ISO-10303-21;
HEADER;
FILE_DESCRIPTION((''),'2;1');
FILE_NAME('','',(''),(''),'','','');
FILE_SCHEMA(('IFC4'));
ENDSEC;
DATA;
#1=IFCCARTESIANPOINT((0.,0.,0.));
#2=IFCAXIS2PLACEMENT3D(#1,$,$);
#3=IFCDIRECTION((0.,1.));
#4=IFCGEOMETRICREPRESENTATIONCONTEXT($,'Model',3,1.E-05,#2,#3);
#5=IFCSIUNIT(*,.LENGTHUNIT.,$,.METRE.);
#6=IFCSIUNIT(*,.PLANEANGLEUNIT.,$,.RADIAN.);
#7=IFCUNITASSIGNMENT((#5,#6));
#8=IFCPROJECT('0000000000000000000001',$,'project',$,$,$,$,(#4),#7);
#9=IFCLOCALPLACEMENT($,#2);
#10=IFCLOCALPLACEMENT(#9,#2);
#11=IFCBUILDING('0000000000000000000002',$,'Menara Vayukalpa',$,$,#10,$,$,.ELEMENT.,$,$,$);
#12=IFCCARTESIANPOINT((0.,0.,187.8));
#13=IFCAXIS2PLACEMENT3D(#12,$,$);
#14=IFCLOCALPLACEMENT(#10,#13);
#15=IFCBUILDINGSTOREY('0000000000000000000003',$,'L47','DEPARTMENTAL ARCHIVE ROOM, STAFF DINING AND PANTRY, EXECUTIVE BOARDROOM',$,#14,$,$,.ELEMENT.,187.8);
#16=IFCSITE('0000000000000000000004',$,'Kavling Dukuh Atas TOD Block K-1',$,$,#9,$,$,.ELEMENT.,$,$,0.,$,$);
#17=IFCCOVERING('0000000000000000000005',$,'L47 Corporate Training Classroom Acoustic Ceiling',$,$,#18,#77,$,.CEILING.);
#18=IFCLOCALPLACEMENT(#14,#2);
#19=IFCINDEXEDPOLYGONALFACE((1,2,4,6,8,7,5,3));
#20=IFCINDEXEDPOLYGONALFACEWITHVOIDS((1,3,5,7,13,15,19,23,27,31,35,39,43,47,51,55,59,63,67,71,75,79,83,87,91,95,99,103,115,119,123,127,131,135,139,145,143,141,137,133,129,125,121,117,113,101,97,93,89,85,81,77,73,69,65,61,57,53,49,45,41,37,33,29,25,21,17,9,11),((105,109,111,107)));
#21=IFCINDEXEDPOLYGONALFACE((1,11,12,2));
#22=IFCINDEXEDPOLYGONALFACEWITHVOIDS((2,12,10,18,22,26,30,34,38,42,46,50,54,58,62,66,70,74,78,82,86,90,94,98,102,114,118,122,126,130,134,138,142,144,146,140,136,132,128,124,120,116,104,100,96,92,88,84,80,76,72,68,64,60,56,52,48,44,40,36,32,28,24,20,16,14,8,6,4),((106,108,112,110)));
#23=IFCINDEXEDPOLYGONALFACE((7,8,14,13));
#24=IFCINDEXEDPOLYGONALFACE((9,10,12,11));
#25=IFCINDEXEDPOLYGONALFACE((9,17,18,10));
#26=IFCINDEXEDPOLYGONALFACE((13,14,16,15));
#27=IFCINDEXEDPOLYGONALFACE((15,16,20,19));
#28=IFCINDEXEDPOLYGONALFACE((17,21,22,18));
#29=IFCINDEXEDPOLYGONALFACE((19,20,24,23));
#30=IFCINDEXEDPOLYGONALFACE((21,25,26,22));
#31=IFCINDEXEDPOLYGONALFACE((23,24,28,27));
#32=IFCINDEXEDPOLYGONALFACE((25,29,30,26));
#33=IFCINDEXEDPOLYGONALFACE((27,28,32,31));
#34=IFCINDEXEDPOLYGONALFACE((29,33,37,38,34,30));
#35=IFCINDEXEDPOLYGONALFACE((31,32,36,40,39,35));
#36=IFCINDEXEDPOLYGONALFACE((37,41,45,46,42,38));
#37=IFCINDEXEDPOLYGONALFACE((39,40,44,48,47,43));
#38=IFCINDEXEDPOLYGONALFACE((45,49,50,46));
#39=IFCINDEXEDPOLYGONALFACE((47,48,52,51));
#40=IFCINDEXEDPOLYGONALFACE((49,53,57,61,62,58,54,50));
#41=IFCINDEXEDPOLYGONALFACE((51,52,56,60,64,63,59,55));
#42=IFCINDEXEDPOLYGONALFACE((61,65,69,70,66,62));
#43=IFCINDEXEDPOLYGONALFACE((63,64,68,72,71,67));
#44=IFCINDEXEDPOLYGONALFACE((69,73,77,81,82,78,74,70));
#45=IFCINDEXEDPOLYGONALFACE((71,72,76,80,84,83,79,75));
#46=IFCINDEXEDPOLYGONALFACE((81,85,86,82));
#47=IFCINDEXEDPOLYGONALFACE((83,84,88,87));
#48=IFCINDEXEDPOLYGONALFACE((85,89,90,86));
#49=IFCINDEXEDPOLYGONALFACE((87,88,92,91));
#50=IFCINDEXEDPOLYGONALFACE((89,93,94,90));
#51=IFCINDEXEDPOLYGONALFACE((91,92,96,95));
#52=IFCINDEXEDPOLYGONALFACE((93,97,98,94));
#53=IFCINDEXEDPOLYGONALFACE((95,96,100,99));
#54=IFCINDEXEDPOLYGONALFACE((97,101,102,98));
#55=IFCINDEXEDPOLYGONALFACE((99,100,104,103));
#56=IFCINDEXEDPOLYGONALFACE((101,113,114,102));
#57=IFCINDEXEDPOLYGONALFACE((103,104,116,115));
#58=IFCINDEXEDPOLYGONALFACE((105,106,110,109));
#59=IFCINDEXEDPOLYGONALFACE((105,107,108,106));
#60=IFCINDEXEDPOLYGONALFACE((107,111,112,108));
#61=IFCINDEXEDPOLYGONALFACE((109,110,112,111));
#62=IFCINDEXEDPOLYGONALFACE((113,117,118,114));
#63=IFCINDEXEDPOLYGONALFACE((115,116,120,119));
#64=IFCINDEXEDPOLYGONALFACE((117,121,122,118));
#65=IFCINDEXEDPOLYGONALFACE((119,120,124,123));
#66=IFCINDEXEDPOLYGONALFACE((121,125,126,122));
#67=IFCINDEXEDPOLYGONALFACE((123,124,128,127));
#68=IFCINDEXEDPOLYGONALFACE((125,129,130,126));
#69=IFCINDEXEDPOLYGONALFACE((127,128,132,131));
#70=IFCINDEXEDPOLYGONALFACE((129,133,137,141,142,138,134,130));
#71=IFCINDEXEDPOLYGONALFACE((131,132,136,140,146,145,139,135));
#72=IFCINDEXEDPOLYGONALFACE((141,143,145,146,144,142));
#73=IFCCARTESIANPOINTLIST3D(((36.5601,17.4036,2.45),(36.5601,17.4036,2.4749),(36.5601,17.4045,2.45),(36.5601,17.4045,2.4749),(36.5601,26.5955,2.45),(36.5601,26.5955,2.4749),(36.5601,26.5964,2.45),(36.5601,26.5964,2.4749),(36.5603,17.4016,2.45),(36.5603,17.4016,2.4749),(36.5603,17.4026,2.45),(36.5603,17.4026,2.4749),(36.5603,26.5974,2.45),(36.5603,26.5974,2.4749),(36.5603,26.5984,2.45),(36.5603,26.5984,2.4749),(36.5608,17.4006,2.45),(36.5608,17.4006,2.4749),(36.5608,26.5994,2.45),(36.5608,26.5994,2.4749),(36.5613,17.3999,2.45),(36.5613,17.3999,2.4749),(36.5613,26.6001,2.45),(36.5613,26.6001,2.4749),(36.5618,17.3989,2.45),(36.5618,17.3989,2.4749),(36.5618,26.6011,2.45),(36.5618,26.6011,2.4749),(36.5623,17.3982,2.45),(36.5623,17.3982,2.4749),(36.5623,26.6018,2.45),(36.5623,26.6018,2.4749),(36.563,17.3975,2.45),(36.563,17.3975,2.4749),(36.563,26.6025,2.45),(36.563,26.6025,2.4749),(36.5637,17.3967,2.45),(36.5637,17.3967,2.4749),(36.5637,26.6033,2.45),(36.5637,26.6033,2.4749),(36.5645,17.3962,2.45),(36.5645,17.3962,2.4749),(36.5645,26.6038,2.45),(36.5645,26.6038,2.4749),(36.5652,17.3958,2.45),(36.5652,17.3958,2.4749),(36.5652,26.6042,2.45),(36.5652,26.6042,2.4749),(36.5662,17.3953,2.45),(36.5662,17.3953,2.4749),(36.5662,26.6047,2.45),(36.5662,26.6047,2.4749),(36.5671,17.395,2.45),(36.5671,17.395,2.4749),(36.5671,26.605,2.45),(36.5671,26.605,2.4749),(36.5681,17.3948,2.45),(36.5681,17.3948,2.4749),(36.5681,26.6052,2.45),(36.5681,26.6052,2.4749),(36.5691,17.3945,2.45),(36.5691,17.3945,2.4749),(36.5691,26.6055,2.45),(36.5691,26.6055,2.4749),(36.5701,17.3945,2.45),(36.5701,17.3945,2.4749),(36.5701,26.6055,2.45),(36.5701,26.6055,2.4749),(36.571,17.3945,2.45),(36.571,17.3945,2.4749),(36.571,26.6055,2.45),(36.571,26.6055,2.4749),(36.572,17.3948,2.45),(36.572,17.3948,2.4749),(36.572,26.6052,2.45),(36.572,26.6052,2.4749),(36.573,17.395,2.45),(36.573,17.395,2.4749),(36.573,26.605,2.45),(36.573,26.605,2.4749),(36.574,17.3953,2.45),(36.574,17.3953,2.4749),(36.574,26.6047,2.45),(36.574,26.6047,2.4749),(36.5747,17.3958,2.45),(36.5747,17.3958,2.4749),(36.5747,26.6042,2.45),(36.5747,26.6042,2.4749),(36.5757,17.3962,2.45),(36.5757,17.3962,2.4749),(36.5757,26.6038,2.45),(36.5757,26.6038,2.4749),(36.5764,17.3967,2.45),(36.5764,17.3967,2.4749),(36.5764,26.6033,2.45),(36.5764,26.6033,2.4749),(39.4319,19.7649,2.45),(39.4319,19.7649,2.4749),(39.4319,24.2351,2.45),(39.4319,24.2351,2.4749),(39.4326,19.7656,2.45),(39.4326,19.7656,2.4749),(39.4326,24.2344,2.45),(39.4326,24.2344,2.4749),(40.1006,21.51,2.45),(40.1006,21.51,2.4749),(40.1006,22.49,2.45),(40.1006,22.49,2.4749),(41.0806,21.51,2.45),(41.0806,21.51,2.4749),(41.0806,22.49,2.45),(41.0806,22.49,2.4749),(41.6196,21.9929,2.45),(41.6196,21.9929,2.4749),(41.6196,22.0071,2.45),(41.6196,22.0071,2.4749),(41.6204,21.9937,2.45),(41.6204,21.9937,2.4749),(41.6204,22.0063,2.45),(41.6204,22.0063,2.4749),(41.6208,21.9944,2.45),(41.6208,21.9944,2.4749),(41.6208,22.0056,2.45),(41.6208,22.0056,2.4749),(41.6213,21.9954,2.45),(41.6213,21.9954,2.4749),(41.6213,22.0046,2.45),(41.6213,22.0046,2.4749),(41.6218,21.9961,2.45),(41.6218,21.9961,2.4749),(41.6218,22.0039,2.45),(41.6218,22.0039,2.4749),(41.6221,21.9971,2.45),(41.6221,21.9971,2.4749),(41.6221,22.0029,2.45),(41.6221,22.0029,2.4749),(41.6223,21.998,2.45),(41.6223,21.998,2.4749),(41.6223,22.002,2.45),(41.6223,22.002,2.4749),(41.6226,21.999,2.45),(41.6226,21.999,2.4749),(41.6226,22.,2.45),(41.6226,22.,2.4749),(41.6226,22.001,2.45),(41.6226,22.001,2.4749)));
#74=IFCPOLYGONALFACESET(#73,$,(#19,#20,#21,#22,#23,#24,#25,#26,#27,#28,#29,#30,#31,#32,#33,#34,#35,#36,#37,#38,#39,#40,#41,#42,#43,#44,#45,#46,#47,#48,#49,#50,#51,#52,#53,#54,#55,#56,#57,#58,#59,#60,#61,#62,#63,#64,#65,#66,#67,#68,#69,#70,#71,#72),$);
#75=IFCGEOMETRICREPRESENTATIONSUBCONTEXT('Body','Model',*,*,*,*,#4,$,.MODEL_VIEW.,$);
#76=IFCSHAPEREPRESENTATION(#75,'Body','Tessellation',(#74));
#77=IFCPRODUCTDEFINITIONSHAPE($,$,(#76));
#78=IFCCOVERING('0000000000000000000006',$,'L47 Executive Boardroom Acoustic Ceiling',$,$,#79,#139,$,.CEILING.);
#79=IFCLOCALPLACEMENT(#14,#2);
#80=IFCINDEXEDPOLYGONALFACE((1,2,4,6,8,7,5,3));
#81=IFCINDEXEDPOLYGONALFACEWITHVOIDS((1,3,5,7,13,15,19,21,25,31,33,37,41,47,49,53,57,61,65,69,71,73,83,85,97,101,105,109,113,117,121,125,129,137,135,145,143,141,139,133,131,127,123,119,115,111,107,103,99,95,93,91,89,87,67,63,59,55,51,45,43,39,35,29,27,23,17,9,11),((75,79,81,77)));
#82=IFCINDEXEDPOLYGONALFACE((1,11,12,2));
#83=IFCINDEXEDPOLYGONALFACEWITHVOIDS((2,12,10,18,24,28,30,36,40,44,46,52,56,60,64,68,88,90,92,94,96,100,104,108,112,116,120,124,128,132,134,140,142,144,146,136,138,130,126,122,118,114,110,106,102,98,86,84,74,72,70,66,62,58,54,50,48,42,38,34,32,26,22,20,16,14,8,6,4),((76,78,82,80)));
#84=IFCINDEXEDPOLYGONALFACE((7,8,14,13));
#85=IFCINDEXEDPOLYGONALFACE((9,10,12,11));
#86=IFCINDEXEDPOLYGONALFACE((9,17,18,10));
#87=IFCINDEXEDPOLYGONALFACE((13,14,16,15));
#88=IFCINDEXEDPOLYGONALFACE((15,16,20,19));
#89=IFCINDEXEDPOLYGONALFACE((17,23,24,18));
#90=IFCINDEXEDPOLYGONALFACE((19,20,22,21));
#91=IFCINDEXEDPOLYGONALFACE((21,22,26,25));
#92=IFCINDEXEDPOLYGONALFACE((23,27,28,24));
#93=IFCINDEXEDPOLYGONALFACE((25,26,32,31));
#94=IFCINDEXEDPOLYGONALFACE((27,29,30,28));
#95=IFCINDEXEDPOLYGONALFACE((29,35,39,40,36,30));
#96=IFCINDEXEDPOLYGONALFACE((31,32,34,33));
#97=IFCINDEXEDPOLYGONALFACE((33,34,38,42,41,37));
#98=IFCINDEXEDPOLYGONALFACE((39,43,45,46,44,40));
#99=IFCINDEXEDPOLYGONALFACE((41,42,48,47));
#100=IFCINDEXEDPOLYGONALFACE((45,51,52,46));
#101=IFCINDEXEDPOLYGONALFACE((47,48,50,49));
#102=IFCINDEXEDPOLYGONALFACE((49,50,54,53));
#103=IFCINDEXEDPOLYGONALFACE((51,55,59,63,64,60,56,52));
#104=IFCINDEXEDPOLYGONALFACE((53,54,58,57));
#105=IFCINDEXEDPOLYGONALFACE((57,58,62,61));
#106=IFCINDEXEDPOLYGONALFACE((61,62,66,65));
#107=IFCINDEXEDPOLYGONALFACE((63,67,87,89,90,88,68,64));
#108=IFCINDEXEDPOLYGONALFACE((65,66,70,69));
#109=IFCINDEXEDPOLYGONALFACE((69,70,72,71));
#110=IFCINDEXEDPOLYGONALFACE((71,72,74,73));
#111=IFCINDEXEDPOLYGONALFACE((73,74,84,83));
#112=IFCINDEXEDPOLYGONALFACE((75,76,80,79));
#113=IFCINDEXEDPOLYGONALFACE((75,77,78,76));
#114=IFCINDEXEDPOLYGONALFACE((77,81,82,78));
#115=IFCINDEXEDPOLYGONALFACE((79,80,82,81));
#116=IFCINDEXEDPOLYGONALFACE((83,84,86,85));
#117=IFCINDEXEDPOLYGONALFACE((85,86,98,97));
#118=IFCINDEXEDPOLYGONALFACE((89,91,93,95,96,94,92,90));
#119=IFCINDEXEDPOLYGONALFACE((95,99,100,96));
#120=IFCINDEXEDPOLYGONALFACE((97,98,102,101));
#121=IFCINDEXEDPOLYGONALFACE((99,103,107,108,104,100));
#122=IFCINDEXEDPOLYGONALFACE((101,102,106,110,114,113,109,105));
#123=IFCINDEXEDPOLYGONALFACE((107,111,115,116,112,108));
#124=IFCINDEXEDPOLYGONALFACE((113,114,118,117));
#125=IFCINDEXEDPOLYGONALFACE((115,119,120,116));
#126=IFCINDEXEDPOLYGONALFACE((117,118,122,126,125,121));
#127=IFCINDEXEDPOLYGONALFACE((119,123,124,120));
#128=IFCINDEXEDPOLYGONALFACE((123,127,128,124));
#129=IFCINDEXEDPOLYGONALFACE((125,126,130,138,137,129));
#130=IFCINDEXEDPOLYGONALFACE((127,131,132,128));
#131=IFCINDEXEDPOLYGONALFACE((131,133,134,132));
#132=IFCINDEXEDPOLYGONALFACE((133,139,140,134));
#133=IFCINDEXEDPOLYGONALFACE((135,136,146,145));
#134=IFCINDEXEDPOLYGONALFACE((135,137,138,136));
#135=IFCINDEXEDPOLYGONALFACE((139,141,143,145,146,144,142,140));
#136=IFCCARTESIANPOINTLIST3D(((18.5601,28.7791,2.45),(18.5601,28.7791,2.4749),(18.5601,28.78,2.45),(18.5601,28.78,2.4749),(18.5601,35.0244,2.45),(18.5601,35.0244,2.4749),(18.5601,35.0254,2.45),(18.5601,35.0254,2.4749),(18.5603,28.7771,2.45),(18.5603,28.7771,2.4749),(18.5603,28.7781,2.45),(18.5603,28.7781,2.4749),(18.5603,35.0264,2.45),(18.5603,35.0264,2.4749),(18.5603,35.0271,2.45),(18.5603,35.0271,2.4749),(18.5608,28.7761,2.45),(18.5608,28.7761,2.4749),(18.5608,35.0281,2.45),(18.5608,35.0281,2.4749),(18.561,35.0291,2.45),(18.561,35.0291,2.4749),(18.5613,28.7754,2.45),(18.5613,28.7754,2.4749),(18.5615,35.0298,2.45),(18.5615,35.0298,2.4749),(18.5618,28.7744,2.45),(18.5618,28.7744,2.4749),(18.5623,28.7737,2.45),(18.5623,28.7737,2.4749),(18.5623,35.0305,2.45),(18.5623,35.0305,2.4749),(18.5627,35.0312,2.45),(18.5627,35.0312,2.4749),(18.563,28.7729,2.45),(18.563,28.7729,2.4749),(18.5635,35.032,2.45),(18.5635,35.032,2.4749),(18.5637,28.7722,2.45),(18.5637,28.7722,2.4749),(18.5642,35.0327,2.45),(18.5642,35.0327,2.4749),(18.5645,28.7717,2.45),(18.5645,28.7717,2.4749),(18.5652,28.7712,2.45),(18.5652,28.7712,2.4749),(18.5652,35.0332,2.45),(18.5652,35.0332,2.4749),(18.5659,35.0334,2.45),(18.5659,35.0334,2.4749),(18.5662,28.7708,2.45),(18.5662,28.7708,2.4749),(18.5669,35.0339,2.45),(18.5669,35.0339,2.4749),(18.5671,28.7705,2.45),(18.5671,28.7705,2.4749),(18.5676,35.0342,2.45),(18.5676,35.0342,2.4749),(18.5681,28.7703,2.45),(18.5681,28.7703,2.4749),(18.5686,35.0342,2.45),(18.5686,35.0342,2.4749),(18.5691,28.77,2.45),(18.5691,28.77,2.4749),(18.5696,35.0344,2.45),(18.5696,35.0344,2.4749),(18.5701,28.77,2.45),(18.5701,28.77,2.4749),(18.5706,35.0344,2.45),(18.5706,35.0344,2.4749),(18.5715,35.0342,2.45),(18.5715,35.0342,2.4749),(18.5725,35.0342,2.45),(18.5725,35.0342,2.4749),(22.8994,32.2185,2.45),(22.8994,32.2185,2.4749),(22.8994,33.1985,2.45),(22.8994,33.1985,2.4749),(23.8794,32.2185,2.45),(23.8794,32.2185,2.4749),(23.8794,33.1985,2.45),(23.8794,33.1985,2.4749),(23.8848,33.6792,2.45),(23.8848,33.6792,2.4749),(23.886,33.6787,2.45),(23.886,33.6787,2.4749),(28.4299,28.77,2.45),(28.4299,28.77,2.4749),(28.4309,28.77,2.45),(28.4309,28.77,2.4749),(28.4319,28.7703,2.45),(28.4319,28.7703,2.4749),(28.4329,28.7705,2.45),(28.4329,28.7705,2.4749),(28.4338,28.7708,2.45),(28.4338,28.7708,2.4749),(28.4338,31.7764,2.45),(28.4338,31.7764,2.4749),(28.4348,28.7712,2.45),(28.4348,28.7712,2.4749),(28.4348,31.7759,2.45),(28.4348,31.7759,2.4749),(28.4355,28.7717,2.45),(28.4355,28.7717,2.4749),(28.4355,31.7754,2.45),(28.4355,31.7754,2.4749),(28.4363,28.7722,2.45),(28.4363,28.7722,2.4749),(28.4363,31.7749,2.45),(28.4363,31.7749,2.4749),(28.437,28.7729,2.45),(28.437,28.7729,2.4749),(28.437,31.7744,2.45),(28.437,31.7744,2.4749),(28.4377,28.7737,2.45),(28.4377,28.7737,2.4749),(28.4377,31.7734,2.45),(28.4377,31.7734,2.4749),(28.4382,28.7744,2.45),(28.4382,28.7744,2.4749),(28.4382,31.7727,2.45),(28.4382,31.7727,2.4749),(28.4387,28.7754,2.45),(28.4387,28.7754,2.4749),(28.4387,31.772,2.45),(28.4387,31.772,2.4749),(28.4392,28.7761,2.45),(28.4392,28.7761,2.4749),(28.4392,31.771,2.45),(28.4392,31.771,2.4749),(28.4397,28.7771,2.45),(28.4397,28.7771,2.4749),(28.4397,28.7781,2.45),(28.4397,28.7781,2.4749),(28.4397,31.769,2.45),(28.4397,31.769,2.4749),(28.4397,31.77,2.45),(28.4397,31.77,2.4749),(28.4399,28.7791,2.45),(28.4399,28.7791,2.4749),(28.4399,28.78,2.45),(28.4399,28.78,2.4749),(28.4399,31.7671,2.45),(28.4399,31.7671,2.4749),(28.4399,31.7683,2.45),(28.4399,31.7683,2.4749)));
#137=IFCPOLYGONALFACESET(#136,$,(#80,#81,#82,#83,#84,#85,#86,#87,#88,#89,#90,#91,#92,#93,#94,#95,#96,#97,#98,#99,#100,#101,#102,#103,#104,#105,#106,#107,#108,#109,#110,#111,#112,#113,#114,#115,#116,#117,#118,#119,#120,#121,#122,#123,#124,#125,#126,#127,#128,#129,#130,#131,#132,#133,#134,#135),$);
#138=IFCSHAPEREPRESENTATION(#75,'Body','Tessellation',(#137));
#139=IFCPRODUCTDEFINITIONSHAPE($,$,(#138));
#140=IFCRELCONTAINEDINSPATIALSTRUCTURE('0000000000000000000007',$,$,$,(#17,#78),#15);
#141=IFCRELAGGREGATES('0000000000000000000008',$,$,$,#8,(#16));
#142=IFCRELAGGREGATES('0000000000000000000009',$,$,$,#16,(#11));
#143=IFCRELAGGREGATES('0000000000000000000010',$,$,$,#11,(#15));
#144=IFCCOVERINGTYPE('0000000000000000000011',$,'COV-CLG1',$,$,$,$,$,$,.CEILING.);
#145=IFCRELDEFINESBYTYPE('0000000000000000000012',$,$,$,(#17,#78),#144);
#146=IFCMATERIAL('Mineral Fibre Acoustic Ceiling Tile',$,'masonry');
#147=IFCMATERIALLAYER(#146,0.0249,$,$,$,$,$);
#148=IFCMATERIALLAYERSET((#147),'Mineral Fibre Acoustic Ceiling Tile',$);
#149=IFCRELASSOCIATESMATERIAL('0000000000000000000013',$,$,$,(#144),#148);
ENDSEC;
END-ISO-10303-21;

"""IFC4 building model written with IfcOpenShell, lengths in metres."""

from ifc_helpers import new_model, si_unit, direction, frame, origin, place, context, subcontext, project, spatial, polyline, outline, extrude, material, layer, layer_set, type_object, element, save


model = new_model("IFC4")

# Units and contexts
model_context = context("Model", 3, precision=1e-05, world=origin(), true_north=direction((0.0, 1.0)))
body_context = subcontext(model_context, "Body", "Model", "MODEL_VIEW")
ifc_project = project(units=[si_unit("LENGTHUNIT", "METRE"), si_unit("PLANEANGLEUNIT", "RADIAN")], contexts=[model_context])

# Site, building, storey
site_placement = place(None, origin())
site = spatial("IfcSite", under=ifc_project, at=site_placement, Name="Kavling Dukuh Atas TOD Block K-1", CompositionType="ELEMENT", RefElevation=0.0)
building_placement = place(site_placement, origin())
building = spatial("IfcBuilding", under=site, at=building_placement, Name="Menara Vayukalpa", CompositionType="ELEMENT")
storey_placement = place(building_placement, frame((0.0, 0.0, 187.8)))
storey = spatial("IfcBuildingStorey", under=building, at=storey_placement, Name="L47", Description="DEPARTMENTAL ARCHIVE ROOM, STAFF DINING AND PANTRY, EXECUTIVE BOARDROOM", CompositionType="ELEMENT", Elevation=187.8)

# Coverings
ifc_material_1 = material(Name="Mineral Fibre Acoustic Ceiling Tile", Category="masonry")
ifc_layer_1 = layer(ifc_material_1, 0.0249)
ifc_layer_set_1 = layer_set([ifc_layer_1], Name="Mineral Fibre Acoustic Ceiling Tile")
covering_type_1 = type_object("IfcCoveringType", Name="COV-CLG1", PredefinedType="CEILING", material=ifc_layer_set_1)
covering_1_placement = place(storey_placement, frame((0.0, 0.0, 2.45)))
element("IfcCovering", 1, at=covering_1_placement, inside=storey, type_object=covering_type_1, Name="L47 Corporate Training Classroom Acoustic Ceiling", PredefinedType="CEILING", context=body_context, shape_type="SweptSolid", body=[
    extrude(outline(polyline([(41.6196, 22.0071), (41.6204, 22.0063), (41.6208, 22.0056), (41.6213, 22.0046), (41.6218, 22.0039), (41.6221, 22.0029), (41.6223, 22.002), (41.6226, 22.001), (41.6226, 22.0), (41.6226, 21.999), (41.6223, 21.998), (41.6221, 21.9971), (41.6218, 21.9961), (41.6213, 21.9954), (41.6208, 21.9944), (41.6204, 21.9937), (41.6196, 21.9929), (39.4326, 19.7656), (39.4319, 19.7649), (36.5764, 17.3967), (36.5757, 17.3962), (36.5747, 17.3958), (36.574, 17.3953), (36.573, 17.395), (36.572, 17.3948), (36.571, 17.3945), (36.5701, 17.3945), (36.5691, 17.3945), (36.5681, 17.3948), (36.5671, 17.395), (36.5662, 17.3953), (36.5652, 17.3958), (36.5645, 17.3962), (36.5637, 17.3967), (36.563, 17.3975), (36.5623, 17.3982), (36.5618, 17.3989), (36.5613, 17.3999), (36.5608, 17.4006), (36.5603, 17.4016), (36.5603, 17.4026), (36.5601, 17.4036), (36.5601, 17.4045), (36.5601, 26.5955), (36.5601, 26.5964), (36.5603, 26.5974), (36.5603, 26.5984), (36.5608, 26.5994), (36.5613, 26.6001), (36.5618, 26.6011), (36.5623, 26.6018), (36.563, 26.6025), (36.5637, 26.6033), (36.5645, 26.6038), (36.5652, 26.6042), (36.5662, 26.6047), (36.5671, 26.605), (36.5681, 26.6052), (36.5691, 26.6055), (36.5701, 26.6055), (36.571, 26.6055), (36.572, 26.6052), (36.573, 26.605), (36.574, 26.6047), (36.5747, 26.6042), (36.5757, 26.6038), (36.5764, 26.6033), (39.4319, 24.2351), (39.4326, 24.2344), (41.6196, 22.0071)]), holes=[polyline([(41.0806, 22.49), (40.1006, 22.49), (40.1006, 21.51), (41.0806, 21.51), (41.0806, 22.49)])]), origin(), (0.0, 0.0, 1.0), 0.0249),
])
covering_2_placement = place(storey_placement, frame((0.0, 0.0, 2.45)))
element("IfcCovering", 2, at=covering_2_placement, inside=storey, type_object=covering_type_1, Name="L47 Executive Boardroom Acoustic Ceiling", PredefinedType="CEILING", context=body_context, shape_type="SweptSolid", body=[
    extrude(outline(polyline([(28.4338, 31.7764), (28.4348, 31.7759), (28.4355, 31.7754), (28.4363, 31.7749), (28.437, 31.7744), (28.4377, 31.7734), (28.4382, 31.7727), (28.4387, 31.772), (28.4392, 31.771), (28.4397, 31.77), (28.4397, 31.769), (28.4399, 31.7683), (28.4399, 31.7671), (28.4399, 28.78), (28.4399, 28.7791), (28.4397, 28.7781), (28.4397, 28.7771), (28.4392, 28.7761), (28.4387, 28.7754), (28.4382, 28.7744), (28.4377, 28.7737), (28.437, 28.7729), (28.4363, 28.7722), (28.4355, 28.7717), (28.4348, 28.7712), (28.4338, 28.7708), (28.4329, 28.7705), (28.4319, 28.7703), (28.4309, 28.77), (28.4299, 28.77), (18.5701, 28.77), (18.5691, 28.77), (18.5681, 28.7703), (18.5671, 28.7705), (18.5662, 28.7708), (18.5652, 28.7712), (18.5645, 28.7717), (18.5637, 28.7722), (18.563, 28.7729), (18.5623, 28.7737), (18.5618, 28.7744), (18.5613, 28.7754), (18.5608, 28.7761), (18.5603, 28.7771), (18.5603, 28.7781), (18.5601, 28.7791), (18.5601, 28.78), (18.5601, 35.0244), (18.5601, 35.0254), (18.5603, 35.0264), (18.5603, 35.0271), (18.5608, 35.0281), (18.561, 35.0291), (18.5615, 35.0298), (18.5623, 35.0305), (18.5627, 35.0312), (18.5635, 35.032), (18.5642, 35.0327), (18.5652, 35.0332), (18.5659, 35.0334), (18.5669, 35.0339), (18.5676, 35.0342), (18.5686, 35.0342), (18.5696, 35.0344), (18.5706, 35.0344), (18.5715, 35.0342), (18.5725, 35.0342), (23.8848, 33.6792), (23.886, 33.6787), (28.4338, 31.7764)]), holes=[polyline([(23.8794, 33.1985), (22.8994, 33.1985), (22.8994, 32.2185), (23.8794, 32.2185), (23.8794, 33.1985)])]), origin(), (0.0, 0.0, 1.0), 0.0249),
])

save(model, "model.ifc")
